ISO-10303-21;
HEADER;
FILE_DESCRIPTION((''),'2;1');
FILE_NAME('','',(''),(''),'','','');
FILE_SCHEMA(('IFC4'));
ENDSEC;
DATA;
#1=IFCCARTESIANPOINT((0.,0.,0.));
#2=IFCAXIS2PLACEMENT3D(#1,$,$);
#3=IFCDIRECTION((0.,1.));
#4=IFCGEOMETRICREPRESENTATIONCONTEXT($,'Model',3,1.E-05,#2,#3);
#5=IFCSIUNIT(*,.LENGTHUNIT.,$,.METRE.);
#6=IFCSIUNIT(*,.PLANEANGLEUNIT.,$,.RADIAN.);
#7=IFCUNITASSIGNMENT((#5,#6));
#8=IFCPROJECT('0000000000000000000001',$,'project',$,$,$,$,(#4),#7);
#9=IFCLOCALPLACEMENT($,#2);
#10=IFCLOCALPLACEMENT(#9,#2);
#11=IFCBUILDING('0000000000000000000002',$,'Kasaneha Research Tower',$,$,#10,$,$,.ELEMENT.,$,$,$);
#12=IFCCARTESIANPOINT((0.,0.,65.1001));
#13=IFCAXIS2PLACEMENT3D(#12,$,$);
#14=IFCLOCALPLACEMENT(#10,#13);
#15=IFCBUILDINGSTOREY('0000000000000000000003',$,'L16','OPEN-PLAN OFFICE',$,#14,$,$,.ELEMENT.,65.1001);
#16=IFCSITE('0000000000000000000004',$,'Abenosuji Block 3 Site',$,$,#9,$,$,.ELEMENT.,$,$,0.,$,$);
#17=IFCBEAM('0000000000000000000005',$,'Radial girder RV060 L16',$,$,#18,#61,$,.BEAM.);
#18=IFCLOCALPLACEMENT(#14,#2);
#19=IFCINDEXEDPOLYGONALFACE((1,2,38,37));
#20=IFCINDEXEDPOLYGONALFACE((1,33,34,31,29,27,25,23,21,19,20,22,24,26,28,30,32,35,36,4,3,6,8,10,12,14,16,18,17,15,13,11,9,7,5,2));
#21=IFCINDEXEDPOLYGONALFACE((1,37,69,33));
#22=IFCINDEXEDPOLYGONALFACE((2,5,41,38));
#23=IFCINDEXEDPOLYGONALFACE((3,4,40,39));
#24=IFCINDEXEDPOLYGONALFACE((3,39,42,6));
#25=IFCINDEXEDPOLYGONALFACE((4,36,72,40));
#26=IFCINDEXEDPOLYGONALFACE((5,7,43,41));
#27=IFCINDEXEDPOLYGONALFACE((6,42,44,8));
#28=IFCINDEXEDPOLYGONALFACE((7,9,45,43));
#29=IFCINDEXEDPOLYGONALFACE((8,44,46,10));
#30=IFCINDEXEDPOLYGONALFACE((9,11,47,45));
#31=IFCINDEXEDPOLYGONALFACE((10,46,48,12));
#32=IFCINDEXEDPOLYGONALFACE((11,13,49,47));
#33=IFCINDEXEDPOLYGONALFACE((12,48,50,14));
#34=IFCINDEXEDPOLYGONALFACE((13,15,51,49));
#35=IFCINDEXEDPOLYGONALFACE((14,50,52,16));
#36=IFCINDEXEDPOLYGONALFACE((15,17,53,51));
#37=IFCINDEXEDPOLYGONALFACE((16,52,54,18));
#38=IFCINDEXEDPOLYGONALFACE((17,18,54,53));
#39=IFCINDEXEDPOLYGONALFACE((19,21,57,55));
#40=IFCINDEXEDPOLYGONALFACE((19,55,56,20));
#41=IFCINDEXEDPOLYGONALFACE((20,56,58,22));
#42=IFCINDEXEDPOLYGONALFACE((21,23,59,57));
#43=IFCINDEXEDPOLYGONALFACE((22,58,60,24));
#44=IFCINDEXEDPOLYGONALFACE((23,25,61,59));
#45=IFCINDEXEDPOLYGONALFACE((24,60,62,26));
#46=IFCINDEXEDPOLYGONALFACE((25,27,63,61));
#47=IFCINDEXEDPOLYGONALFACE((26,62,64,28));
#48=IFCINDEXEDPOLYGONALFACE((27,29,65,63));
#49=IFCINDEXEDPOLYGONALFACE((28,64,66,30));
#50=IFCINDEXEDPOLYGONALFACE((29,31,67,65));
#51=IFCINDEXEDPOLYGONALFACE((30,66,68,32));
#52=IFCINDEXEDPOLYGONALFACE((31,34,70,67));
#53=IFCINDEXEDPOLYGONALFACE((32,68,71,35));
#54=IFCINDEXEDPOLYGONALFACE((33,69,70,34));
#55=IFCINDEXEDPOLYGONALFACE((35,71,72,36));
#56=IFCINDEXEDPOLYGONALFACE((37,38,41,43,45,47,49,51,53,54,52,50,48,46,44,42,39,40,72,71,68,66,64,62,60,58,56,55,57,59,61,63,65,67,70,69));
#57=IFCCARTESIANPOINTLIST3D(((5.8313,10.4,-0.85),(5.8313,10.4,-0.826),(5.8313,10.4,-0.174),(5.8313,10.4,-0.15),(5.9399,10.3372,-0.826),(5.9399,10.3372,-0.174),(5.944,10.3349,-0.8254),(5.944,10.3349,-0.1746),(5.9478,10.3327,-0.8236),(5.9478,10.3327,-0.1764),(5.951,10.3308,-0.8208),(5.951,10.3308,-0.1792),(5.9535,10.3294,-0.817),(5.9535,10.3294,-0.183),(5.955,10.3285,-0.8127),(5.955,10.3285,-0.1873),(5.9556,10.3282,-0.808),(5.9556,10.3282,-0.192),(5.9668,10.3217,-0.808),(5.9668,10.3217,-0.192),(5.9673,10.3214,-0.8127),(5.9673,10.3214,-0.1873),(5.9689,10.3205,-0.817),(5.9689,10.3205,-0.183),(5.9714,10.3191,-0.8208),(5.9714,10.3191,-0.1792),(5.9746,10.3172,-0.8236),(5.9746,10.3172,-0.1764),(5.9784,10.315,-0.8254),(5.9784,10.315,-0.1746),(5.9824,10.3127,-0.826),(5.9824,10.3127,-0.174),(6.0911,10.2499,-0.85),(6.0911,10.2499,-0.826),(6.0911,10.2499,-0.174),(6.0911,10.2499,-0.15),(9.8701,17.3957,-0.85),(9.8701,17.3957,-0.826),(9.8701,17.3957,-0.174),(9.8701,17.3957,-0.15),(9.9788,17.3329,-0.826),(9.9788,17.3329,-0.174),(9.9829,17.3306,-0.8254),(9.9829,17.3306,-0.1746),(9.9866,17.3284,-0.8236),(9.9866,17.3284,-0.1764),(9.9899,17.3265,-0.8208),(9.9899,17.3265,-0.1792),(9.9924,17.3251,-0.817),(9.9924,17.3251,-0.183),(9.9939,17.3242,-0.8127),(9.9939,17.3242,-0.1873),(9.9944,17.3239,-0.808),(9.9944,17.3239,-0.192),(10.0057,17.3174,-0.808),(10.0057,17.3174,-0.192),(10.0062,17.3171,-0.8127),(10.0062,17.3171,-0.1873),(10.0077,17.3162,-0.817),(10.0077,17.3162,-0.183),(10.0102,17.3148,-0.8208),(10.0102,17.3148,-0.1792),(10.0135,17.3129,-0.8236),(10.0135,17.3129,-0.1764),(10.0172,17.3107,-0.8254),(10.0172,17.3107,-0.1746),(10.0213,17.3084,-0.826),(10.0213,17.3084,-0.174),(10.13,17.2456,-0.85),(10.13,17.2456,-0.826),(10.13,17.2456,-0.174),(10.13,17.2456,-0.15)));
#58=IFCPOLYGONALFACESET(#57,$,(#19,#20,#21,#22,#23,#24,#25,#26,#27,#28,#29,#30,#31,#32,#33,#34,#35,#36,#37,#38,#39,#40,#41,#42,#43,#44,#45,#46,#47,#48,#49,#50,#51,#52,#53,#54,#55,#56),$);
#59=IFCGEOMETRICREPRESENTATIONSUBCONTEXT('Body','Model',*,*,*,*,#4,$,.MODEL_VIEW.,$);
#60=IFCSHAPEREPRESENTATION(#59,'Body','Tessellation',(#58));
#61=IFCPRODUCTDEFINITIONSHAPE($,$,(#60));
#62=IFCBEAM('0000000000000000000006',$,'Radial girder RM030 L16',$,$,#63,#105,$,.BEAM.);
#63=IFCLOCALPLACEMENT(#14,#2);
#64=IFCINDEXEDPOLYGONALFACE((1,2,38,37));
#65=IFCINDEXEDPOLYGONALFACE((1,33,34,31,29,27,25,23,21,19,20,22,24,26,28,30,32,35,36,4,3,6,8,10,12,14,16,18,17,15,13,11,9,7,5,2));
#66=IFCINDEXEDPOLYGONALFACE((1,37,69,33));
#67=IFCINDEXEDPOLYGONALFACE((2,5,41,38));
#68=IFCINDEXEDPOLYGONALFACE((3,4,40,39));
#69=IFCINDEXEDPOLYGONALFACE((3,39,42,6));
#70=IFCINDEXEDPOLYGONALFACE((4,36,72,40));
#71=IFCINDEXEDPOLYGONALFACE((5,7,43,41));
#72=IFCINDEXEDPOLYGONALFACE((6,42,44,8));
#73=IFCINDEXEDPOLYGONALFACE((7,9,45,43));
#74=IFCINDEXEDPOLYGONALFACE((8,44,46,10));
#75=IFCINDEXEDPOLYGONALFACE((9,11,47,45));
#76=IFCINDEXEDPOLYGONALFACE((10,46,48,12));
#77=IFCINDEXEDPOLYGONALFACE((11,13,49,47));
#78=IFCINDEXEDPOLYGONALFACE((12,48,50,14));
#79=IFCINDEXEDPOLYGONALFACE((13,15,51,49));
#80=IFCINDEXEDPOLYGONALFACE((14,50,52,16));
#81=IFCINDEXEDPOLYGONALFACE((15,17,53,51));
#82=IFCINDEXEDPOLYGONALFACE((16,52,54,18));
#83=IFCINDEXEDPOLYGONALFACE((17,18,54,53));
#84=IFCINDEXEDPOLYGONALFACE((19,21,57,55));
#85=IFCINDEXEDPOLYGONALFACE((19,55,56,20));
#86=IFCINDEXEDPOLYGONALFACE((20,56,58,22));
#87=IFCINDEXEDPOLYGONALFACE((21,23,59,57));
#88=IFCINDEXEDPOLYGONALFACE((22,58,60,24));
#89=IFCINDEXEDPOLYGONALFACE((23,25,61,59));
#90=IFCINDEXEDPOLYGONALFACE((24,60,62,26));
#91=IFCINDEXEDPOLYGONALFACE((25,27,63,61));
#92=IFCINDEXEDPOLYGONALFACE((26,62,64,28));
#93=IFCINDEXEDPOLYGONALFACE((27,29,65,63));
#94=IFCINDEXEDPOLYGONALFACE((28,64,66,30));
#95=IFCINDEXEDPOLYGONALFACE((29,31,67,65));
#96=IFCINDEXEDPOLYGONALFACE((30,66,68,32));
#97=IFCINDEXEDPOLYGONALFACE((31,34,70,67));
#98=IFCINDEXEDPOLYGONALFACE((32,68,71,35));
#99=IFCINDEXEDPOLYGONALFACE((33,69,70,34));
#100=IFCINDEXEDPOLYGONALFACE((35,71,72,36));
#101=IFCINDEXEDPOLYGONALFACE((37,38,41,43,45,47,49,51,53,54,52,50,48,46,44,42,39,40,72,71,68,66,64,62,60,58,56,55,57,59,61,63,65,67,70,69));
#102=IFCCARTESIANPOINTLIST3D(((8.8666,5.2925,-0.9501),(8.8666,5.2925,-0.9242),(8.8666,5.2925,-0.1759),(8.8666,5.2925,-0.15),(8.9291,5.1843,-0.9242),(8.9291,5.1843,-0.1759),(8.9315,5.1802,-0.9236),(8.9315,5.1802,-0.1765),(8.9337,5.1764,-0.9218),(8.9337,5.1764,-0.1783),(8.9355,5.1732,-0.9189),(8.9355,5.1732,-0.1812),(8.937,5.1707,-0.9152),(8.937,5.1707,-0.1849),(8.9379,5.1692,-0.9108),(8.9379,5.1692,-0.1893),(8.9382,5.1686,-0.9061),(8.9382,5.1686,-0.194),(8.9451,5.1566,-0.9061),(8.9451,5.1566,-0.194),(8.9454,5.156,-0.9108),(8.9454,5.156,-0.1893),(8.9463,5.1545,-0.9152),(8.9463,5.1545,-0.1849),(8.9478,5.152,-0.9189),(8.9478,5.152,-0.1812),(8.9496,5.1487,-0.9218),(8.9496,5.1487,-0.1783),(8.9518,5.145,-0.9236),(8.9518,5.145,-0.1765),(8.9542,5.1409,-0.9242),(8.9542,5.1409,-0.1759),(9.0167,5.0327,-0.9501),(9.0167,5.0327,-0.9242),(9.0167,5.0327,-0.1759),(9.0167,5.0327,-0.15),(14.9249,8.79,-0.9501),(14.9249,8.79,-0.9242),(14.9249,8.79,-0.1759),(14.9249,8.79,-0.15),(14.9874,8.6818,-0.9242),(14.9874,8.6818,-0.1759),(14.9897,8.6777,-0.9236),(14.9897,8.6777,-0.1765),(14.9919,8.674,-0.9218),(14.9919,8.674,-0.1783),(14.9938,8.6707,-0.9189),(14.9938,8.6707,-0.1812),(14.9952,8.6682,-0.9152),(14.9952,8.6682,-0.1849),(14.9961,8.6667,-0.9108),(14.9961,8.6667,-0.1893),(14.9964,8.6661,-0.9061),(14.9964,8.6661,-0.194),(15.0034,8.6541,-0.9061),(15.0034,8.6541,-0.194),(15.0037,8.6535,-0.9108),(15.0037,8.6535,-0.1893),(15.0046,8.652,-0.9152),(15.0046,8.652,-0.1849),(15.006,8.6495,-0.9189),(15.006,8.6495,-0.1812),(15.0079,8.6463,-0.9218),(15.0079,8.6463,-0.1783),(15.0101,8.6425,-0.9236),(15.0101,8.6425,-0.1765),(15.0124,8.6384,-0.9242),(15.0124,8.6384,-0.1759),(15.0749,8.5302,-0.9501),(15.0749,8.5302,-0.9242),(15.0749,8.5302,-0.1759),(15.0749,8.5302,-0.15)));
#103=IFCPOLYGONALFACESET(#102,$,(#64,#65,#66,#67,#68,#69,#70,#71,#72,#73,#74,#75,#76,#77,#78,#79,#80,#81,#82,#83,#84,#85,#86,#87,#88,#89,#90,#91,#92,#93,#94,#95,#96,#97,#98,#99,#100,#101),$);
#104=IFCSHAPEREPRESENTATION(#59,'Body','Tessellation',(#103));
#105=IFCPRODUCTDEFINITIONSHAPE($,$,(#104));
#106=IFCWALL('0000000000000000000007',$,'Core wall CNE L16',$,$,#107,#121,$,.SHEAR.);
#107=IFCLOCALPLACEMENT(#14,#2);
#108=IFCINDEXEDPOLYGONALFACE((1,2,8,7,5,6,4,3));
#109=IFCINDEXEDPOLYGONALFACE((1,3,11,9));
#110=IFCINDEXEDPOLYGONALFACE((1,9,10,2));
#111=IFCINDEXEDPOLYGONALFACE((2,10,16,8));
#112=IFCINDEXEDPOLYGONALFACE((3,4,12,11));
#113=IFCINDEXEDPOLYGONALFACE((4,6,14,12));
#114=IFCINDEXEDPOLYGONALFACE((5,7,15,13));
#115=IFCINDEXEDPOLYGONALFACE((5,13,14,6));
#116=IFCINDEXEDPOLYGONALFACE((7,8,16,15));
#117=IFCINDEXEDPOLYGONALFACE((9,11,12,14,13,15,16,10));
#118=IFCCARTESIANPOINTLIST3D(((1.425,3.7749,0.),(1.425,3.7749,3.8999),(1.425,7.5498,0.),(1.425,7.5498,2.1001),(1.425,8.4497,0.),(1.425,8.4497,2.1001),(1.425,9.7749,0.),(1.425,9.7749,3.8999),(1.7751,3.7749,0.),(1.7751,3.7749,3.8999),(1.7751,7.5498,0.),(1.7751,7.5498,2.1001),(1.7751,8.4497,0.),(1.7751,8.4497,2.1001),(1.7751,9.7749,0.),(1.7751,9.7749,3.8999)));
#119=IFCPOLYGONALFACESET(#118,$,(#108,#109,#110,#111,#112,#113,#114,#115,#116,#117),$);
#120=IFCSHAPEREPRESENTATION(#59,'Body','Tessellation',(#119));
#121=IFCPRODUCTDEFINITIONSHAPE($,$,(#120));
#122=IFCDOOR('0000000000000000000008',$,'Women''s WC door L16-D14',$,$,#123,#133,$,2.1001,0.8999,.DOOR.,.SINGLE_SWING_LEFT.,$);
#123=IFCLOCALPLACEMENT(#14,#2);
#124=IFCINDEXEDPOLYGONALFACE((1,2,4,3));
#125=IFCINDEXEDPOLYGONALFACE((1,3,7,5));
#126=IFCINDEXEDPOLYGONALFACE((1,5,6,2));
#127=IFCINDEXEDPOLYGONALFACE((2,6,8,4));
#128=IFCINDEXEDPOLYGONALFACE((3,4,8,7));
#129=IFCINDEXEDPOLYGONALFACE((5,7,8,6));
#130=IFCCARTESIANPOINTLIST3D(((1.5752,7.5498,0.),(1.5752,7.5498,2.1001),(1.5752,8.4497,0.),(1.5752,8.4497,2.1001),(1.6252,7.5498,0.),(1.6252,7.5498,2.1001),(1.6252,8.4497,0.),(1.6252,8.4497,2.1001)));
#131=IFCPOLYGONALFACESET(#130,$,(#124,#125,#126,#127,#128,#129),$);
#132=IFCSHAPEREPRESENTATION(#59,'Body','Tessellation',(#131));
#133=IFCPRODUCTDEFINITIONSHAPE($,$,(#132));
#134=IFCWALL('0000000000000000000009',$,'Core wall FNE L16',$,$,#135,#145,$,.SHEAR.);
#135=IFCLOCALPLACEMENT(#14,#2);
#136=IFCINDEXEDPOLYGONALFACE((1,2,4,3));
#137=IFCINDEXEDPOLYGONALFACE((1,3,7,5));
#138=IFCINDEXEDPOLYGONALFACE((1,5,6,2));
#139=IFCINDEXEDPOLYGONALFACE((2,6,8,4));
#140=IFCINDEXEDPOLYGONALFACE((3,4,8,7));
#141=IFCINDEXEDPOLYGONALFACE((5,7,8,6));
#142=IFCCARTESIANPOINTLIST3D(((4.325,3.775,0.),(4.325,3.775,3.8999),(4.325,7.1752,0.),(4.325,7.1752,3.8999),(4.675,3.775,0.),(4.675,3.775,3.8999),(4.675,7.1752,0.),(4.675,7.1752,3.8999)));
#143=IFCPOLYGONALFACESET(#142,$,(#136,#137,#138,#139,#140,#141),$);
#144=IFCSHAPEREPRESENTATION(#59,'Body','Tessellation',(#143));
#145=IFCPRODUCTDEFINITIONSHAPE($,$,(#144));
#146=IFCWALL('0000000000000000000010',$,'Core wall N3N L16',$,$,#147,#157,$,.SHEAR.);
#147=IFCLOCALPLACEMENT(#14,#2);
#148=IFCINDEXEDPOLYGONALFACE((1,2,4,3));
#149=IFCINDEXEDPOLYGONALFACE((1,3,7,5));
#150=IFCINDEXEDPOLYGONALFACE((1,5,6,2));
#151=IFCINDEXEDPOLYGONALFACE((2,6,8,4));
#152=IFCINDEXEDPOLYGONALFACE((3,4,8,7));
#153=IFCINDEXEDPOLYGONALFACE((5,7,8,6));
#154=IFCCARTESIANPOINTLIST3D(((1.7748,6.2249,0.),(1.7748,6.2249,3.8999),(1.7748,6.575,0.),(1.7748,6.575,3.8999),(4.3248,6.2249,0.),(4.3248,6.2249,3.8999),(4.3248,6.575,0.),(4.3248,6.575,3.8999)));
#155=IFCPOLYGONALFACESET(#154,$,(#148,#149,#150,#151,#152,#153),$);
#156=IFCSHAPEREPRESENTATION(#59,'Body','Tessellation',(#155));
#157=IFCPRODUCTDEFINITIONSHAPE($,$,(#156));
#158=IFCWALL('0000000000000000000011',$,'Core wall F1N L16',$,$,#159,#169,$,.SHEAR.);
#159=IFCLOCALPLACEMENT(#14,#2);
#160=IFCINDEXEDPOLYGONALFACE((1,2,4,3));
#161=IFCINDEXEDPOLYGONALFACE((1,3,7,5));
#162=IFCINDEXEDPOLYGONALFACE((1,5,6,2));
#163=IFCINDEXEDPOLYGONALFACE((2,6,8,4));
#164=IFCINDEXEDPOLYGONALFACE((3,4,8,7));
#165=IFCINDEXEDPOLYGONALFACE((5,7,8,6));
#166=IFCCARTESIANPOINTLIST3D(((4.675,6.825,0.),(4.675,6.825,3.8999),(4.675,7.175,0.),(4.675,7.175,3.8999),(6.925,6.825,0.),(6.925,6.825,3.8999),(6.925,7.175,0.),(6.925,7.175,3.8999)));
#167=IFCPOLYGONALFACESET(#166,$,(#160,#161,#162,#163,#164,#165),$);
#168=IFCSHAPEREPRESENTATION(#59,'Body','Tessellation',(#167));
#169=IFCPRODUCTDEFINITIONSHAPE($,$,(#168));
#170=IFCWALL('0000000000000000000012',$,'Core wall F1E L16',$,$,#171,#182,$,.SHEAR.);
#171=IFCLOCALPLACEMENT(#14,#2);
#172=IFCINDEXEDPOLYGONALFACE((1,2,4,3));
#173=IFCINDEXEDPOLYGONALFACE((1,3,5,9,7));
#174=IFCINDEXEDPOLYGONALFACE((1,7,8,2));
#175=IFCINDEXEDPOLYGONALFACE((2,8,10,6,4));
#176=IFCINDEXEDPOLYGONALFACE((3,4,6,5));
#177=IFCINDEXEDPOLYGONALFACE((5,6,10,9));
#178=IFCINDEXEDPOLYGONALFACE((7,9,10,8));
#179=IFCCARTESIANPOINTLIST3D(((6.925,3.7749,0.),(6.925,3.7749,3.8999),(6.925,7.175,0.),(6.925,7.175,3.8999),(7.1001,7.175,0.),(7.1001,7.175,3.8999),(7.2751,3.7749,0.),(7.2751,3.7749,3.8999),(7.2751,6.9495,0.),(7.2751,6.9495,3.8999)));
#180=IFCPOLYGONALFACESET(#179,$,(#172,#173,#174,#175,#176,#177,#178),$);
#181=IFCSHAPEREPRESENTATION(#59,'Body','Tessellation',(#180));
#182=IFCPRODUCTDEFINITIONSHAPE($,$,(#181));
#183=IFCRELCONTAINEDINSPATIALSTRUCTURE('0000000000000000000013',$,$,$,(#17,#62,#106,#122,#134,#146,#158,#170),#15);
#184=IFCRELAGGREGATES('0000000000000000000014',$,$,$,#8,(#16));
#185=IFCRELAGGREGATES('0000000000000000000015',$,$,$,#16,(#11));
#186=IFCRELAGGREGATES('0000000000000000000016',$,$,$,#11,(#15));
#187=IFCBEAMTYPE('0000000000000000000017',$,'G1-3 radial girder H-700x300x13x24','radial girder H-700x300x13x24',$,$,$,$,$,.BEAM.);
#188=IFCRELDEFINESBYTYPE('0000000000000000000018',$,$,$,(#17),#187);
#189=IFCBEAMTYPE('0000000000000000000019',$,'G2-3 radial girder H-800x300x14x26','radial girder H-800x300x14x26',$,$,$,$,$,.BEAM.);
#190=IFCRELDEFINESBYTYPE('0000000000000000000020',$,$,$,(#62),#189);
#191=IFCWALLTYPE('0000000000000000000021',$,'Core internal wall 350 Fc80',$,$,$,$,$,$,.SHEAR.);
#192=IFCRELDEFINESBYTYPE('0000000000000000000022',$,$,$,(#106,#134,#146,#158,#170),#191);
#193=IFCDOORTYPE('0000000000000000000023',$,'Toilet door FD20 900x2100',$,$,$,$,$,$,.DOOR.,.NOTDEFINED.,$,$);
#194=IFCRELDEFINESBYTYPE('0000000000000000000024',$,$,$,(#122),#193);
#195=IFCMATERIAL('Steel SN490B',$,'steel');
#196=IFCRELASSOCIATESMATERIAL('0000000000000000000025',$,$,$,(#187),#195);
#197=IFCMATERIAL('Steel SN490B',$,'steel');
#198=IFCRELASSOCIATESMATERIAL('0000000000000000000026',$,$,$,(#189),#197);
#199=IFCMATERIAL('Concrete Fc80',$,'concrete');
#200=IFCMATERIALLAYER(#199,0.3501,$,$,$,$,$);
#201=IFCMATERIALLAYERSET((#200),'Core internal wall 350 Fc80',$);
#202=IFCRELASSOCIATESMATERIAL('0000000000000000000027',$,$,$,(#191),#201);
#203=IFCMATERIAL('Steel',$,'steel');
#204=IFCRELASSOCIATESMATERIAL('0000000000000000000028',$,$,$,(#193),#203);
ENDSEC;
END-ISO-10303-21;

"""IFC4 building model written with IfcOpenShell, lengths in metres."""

from ifc_helpers import new_model, si_unit, direction, frame, frame_2d, origin, origin_2d, place, context, subcontext, project, spatial, polyline, rectangle, i_section, outline, extrude, material, layer, layer_set, material_profile, profile_set, type_object, element, fill, save


model = new_model("IFC4")

# Units and contexts
model_context = context("Model", 3, precision=1e-05, world=origin(), true_north=direction((0.0, 1.0)))
body_context = subcontext(model_context, "Body", "Model", "MODEL_VIEW")
ifc_project = project(units=[si_unit("LENGTHUNIT", "METRE"), si_unit("PLANEANGLEUNIT", "RADIAN")], contexts=[model_context])

# Site, building, storey
site_placement = place(None, origin())
site = spatial("IfcSite", under=ifc_project, at=site_placement, Name="Abenosuji Block 3 Site", CompositionType="ELEMENT", RefElevation=0.0)
building_placement = place(site_placement, origin())
building = spatial("IfcBuilding", under=site, at=building_placement, Name="Kasaneha Research Tower", CompositionType="ELEMENT")
storey_placement = place(building_placement, frame((0.0, 0.0, 65.1001)))
storey = spatial("IfcBuildingStorey", under=building, at=storey_placement, Name="L16", Description="OPEN-PLAN OFFICE", CompositionType="ELEMENT", Elevation=65.1001)

# Beams
ifc_material_1 = material(Name="Steel SN490B", Category="steel")
ifc_material_profile_1 = material_profile(ifc_material_1, i_section(OverallWidth=0.3, OverallDepth=0.7, WebThickness=0.0129, FlangeThickness=0.0239, FilletRadius=0.0181, at=origin_2d()), Name="H-700x300x13x24")
ifc_profile_set_1 = profile_set([ifc_material_profile_1], Name="Steel SN490B")
beam_type_1 = type_object("IfcBeamType", Name="G1-3 radial girder H-700x300x13x24", Description="radial girder H-700x300x13x24", PredefinedType="BEAM", material=ifc_profile_set_1)
beam_1_placement = place(storey_placement, frame((5.9612, 10.325, -0.5), z_axis=(0.499991, 0.866031, 0.0), x_axis=(-0.866031, 0.499991, 0.0)))
element("IfcBeam", 1, at=beam_1_placement, inside=storey, type_object=beam_type_1, Name="Radial girder RV060 L16", PredefinedType="BEAM", context=body_context, shape_type="SweptSolid", body=[
    extrude(i_section(OverallWidth=0.3, OverallDepth=0.7, WebThickness=0.0129, FlangeThickness=0.0239, FilletRadius=0.0181, at=origin_2d()), origin(), (0.0, 0.0, 1.0), 8.0779),
])
ifc_material_2 = material(Name="Steel SN490B", Category="steel")
ifc_material_profile_2 = material_profile(ifc_material_2, i_section(OverallWidth=0.3, OverallDepth=0.8, WebThickness=0.0139, FlangeThickness=0.0259, FilletRadius=0.0181, at=origin_2d()), Name="H-800x300x14x26")
ifc_profile_set_2 = profile_set([ifc_material_profile_2], Name="Steel SN490B")
beam_type_2 = type_object("IfcBeamType", Name="G2-3 radial girder H-800x300x14x26", Description="radial girder H-800x300x14x26", PredefinedType="BEAM", material=ifc_profile_set_2)
beam_2_placement = place(storey_placement, frame((8.9417, 5.1626, -0.55), z_axis=(0.86604, 0.499975, 0.0), x_axis=(-0.499975, 0.86604, 0.0)))
element("IfcBeam", 2, at=beam_2_placement, inside=storey, type_object=beam_type_2, Name="Radial girder RM030 L16", PredefinedType="BEAM", context=body_context, shape_type="SweptSolid", body=[
    extrude(i_section(OverallWidth=0.3, OverallDepth=0.8, WebThickness=0.0139, FlangeThickness=0.0259, FilletRadius=0.0181, at=origin_2d()), origin(), (0.0, 0.0, 1.0), 6.9954),
])

# Wall, opening, door
ifc_material_3 = material(Name="Concrete Fc80", Category="concrete")
ifc_layer_1 = layer(ifc_material_3, 0.3501)
ifc_layer_set_1 = layer_set([ifc_layer_1], Name="Core internal wall 350 Fc80")
wall_type_1 = type_object("IfcWallType", Name="Core internal wall 350 Fc80", PredefinedType="SHEAR", material=ifc_layer_set_1)
wall_1_placement = place(storey_placement, frame((1.6001, 3.7749, 0.0), z_axis=(0.0, 0.0, 1.0), x_axis=(0.0, 1.0, 0.0)))
wall_1 = element("IfcWall", 3, at=wall_1_placement, inside=storey, type_object=wall_type_1, Name="Core wall CNE L16", PredefinedType="SHEAR", context=body_context, shape_type="SweptSolid", body=[
    extrude(rectangle(XDim=6.0, YDim=0.3501, at=frame_2d((3.0, 0.0))), origin(), (0.0, 0.0, 1.0), 3.8999),
])
opening_1_placement = place(wall_1_placement, frame((3.7749, 0.0, 0.0)))
opening_1 = element("IfcOpeningElement", 4, at=opening_1_placement, cuts=wall_1, PredefinedType="OPENING", context=body_context, shape_type="SweptSolid", body=[
    extrude(rectangle(XDim=0.8999, YDim=2.1001, at=frame_2d((0.45, 1.05))), frame((0.0, 0.1851, 0.0), z_axis=(0.0, -1.0, 0.0), x_axis=(1.0, 0.0, 0.0)), (0.0, 0.0, 1.0), 0.3701),
])
ifc_material_4 = material(Name="Steel", Category="steel")
door_type_1 = type_object("IfcDoorType", Name="Toilet door FD20 900x2100", OperationType="NOTDEFINED", PredefinedType="DOOR", material=ifc_material_4)
door_1_placement = place(opening_1_placement, origin())
door_1 = element("IfcDoor", 5, at=door_1_placement, inside=storey, type_object=door_type_1, Name="Women's WC door L16-D14", OperationType="SINGLE_SWING_LEFT", OverallHeight=2.1001, OverallWidth=0.8999, PredefinedType="DOOR", context=body_context, shape_type="SweptSolid", body=[
    extrude(rectangle(XDim=0.8999, YDim=2.1001, at=frame_2d((0.45, 1.05))), frame((0.0, 0.0249, 0.0), z_axis=(0.0, -1.0, 0.0), x_axis=(1.0, 0.0, 0.0)), (0.0, 0.0, 1.0), 0.05),
])
fill(opening_1, door_1)

# Walls
wall_2_placement = place(storey_placement, frame((4.5, 3.7749, 0.0), z_axis=(0.0, 0.0, 1.0), x_axis=(0.0, 1.0, 0.0)))
element("IfcWall", 6, at=wall_2_placement, inside=storey, type_object=wall_type_1, Name="Core wall FNE L16", PredefinedType="SHEAR", context=body_context, shape_type="SweptSolid", body=[
    extrude(rectangle(XDim=3.4001, YDim=0.3501, at=frame_2d((1.7002, 0.0))), origin(), (0.0, 0.0, 1.0), 3.8999),
])
wall_3_placement = place(storey_placement, frame((1.7749, 6.3999, 0.0), z_axis=(0.0, 0.0, 1.0), x_axis=(1.0, 0.0, 0.0)))
element("IfcWall", 7, at=wall_3_placement, inside=storey, type_object=wall_type_1, Name="Core wall N3N L16", PredefinedType="SHEAR", context=body_context, shape_type="SweptSolid", body=[
    extrude(rectangle(XDim=2.55, YDim=0.3501, at=frame_2d((1.2749, 0.0))), origin(), (0.0, 0.0, 1.0), 3.8999),
])
wall_4_placement = place(storey_placement, frame((4.675, 7.0, 0.0), z_axis=(0.0, 0.0, 1.0), x_axis=(1.0, 0.0, 0.0)))
element("IfcWall", 8, at=wall_4_placement, inside=storey, type_object=wall_type_1, Name="Core wall F1N L16", PredefinedType="SHEAR", context=body_context, shape_type="SweptSolid", body=[
    extrude(rectangle(XDim=2.25, YDim=0.3501, at=frame_2d((1.125, 0.0))), origin(), (0.0, 0.0, 1.0), 3.8999),
])
wall_5_placement = place(storey_placement, frame((7.1001, 3.7749, 0.0), z_axis=(0.0, 0.0, 1.0), x_axis=(0.0, 1.0, 0.0)))
element("IfcWall", 9, at=wall_5_placement, inside=storey, type_object=wall_type_1, Name="Core wall F1E L16", PredefinedType="SHEAR", context=body_context, shape_type="SweptSolid", body=[
    extrude(outline(polyline([(0.0, -0.175), (3.1746, -0.175), (3.4001, 0.0), (3.4001, 0.175), (0.0, 0.175), (0.0, -0.175)])), origin(), (0.0, 0.0, 1.0), 3.8999),
])

save(model, "model.ifc")
